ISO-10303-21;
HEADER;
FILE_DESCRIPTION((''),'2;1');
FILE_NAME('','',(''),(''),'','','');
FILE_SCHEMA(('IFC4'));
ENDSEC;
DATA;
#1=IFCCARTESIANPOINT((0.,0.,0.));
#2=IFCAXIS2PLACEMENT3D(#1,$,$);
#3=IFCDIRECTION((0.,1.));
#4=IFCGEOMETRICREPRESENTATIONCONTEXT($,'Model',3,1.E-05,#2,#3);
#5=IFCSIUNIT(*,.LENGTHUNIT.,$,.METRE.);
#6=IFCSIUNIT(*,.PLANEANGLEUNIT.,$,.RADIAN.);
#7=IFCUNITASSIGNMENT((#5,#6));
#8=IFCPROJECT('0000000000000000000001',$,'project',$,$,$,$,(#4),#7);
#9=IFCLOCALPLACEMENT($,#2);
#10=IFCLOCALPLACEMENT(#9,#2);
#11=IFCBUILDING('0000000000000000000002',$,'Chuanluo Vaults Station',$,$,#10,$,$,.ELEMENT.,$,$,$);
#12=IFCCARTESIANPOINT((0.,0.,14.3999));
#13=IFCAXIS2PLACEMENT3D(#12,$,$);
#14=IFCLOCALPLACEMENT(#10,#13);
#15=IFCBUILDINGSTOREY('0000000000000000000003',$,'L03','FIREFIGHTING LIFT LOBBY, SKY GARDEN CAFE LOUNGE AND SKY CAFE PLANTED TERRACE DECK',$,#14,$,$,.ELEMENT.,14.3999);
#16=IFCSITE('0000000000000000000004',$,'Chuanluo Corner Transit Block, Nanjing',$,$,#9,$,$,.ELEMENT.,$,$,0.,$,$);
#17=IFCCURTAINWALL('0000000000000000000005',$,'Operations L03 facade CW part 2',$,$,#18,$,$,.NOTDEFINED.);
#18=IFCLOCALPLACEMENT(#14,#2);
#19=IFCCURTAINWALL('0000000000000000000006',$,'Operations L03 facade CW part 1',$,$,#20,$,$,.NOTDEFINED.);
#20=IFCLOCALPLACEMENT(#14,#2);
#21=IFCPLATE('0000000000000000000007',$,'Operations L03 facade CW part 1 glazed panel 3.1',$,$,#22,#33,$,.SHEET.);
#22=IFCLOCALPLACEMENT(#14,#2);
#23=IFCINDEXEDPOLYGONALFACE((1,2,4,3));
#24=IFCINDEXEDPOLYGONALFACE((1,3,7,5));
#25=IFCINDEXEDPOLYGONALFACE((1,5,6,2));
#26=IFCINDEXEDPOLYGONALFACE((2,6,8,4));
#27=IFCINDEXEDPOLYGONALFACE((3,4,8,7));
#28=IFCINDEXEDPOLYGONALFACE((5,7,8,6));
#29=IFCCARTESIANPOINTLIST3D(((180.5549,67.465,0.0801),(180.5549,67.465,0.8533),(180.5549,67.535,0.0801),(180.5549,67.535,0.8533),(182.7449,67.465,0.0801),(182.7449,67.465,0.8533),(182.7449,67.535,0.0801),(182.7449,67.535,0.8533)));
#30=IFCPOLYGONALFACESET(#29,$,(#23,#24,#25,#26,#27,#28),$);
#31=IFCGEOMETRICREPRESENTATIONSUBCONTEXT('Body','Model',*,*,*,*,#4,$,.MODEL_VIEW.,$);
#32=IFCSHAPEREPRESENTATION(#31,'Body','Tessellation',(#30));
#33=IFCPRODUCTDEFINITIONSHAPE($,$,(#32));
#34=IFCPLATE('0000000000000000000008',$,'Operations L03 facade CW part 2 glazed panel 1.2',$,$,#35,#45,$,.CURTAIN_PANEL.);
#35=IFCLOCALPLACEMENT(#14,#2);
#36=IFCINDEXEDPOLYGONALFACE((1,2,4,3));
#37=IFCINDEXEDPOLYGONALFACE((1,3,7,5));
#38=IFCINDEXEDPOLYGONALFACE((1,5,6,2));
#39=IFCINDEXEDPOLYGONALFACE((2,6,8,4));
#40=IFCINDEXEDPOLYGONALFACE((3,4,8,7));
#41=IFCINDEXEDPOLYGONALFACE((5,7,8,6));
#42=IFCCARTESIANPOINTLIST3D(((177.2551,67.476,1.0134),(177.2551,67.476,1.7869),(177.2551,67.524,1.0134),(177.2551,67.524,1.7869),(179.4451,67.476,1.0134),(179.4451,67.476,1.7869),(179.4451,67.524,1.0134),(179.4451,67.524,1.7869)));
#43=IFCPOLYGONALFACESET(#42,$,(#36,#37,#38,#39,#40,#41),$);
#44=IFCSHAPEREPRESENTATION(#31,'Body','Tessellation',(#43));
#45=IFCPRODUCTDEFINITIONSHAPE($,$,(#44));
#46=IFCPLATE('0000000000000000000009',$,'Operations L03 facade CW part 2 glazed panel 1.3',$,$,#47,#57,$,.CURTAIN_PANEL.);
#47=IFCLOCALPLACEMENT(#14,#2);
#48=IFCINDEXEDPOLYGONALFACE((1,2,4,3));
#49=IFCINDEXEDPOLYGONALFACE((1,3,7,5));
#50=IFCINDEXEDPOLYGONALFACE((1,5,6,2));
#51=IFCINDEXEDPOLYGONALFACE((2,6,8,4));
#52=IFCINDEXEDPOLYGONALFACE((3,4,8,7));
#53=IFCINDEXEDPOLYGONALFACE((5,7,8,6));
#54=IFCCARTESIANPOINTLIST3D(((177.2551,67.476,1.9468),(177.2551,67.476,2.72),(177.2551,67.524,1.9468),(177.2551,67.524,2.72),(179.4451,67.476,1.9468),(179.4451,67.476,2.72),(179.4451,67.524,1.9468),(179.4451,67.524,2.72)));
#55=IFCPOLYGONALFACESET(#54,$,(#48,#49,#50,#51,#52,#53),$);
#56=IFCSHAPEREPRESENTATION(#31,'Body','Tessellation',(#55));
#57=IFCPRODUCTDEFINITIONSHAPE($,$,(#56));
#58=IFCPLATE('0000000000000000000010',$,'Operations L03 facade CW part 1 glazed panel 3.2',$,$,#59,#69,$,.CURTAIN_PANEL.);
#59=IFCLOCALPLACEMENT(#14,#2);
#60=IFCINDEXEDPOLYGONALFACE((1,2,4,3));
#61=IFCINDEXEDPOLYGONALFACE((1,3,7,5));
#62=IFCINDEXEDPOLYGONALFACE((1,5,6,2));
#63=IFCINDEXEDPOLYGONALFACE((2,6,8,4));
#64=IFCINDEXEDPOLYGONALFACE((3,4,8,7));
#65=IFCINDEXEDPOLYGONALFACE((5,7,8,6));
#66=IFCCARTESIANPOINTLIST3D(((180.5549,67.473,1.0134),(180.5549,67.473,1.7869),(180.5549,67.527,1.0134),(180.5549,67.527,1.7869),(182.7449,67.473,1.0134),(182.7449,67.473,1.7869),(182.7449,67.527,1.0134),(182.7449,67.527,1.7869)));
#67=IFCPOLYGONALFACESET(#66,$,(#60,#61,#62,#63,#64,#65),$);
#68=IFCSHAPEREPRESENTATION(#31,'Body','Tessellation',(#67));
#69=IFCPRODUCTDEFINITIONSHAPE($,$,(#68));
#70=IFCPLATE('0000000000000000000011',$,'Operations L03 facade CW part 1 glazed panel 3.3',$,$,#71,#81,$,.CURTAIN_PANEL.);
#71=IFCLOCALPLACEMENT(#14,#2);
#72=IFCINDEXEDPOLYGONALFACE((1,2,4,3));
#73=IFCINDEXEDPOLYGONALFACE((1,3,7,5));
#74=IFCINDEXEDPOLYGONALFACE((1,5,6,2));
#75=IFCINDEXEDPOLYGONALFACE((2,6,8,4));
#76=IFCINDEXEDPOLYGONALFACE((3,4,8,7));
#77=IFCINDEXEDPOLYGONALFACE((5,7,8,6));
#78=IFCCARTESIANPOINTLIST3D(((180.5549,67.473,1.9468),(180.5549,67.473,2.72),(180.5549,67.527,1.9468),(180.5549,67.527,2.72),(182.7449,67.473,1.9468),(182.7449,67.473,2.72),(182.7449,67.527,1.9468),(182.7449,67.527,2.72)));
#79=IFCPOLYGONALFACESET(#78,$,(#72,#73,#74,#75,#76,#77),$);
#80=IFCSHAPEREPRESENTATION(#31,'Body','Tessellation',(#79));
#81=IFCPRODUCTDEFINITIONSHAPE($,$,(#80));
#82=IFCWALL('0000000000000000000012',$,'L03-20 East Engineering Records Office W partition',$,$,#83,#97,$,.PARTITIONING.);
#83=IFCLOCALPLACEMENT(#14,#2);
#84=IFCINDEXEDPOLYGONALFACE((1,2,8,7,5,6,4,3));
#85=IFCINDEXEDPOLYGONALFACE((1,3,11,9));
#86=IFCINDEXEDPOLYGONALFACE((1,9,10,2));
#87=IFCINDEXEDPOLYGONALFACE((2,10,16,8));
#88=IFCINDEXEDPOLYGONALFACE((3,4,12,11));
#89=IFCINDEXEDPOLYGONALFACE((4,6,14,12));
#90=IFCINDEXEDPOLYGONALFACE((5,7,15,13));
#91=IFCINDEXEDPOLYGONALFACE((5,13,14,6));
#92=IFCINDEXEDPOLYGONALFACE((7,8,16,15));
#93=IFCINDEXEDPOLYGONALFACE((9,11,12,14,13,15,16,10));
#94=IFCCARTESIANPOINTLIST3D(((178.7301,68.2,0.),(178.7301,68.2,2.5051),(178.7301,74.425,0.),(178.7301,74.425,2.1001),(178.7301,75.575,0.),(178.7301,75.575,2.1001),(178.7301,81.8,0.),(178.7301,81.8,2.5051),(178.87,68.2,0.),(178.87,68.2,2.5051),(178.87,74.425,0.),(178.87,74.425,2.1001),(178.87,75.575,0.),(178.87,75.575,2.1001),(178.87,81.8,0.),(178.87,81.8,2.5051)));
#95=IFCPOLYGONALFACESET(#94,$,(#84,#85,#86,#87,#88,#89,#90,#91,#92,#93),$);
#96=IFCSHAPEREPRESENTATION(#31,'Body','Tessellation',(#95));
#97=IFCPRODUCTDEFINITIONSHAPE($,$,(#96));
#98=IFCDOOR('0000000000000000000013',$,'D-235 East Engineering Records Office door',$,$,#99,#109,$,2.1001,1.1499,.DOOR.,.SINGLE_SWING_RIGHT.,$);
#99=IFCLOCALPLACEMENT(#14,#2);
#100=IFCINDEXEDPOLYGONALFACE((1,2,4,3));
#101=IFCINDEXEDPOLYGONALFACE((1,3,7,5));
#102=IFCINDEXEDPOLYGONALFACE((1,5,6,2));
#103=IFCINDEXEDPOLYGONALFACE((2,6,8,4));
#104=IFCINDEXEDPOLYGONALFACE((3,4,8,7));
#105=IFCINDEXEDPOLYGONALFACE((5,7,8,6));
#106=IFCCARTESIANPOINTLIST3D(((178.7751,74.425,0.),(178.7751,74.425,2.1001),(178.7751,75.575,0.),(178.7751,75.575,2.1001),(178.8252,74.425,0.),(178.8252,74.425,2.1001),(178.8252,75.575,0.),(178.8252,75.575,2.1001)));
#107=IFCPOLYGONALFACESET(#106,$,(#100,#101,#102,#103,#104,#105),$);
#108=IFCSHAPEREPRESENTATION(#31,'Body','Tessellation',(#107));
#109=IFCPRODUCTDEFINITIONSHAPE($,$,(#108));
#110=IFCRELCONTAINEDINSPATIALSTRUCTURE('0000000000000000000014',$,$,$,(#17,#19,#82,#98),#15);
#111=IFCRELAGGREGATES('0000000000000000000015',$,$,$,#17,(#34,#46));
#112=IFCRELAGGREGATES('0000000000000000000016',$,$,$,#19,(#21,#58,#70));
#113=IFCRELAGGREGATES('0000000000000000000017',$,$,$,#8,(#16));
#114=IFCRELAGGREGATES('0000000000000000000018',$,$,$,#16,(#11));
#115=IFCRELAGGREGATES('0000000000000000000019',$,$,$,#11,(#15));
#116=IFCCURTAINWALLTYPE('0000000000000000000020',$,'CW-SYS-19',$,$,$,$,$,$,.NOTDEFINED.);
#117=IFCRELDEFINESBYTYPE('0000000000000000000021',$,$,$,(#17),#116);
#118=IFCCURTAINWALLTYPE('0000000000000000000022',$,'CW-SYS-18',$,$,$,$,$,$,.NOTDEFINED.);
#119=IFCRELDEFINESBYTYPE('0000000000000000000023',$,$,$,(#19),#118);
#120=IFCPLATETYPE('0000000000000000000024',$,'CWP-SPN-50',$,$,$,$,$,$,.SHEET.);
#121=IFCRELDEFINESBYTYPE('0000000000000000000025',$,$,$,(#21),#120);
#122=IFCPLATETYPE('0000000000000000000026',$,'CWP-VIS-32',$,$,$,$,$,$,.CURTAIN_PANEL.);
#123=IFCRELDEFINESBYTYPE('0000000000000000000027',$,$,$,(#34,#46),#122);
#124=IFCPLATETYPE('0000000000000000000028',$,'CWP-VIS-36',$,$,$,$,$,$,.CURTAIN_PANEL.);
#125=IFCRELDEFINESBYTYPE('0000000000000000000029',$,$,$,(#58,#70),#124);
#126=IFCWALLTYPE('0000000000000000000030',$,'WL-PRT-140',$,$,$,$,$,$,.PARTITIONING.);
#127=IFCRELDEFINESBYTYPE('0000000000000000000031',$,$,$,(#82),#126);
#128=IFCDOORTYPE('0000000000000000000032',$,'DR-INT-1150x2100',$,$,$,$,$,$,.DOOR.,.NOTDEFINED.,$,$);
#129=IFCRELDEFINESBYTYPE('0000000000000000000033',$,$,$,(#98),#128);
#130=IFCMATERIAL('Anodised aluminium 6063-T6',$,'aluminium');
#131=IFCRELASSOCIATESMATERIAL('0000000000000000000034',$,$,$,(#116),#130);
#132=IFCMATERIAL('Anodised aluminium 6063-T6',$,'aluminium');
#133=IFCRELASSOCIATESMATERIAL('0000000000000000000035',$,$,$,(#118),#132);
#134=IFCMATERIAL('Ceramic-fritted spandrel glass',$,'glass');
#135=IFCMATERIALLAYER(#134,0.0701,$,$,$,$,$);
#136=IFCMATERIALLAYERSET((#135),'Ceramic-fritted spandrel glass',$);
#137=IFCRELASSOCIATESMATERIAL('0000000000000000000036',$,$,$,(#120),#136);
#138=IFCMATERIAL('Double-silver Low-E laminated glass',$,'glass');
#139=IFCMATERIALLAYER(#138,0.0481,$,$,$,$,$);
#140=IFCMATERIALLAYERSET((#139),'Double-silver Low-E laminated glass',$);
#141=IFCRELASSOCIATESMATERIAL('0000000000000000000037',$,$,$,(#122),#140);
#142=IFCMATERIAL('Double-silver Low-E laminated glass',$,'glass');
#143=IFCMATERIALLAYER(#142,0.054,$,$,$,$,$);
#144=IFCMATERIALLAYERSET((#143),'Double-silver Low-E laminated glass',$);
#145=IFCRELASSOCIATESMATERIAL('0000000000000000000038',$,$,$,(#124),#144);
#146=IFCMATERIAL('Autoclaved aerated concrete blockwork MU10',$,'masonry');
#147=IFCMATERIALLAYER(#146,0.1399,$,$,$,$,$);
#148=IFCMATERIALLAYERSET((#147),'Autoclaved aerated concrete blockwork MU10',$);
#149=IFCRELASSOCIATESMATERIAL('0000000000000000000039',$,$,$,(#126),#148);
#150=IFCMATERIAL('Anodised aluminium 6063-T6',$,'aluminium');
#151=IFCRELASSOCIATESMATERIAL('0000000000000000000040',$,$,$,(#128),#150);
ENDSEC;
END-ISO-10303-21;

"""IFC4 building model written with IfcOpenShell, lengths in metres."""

from ifc_helpers import new_model, si_unit, direction, frame, frame_2d, origin, origin_2d, place, context, subcontext, project, spatial, rectangle, extrude, material, layer, layer_set, type_object, element, fill, aggregate, save


model = new_model("IFC4")

# Units and contexts
model_context = context("Model", 3, precision=1e-05, world=origin(), true_north=direction((0.0, 1.0)))
body_context = subcontext(model_context, "Body", "Model", "MODEL_VIEW")
ifc_project = project(units=[si_unit("LENGTHUNIT", "METRE"), si_unit("PLANEANGLEUNIT", "RADIAN")], contexts=[model_context])

# Site, building, storey
site_placement = place(None, origin())
site = spatial("IfcSite", under=ifc_project, at=site_placement, Name="Chuanluo Corner Transit Block, Nanjing", CompositionType="ELEMENT", RefElevation=0.0)
building_placement = place(site_placement, origin())
building = spatial("IfcBuilding", under=site, at=building_placement, Name="Chuanluo Vaults Station", CompositionType="ELEMENT")
storey_placement = place(building_placement, frame((0.0, 0.0, 14.3999)))
storey = spatial("IfcBuildingStorey", under=building, at=storey_placement, Name="L03", Description="FIREFIGHTING LIFT LOBBY, SKY GARDEN CAFE LOUNGE AND SKY CAFE PLANTED TERRACE DECK", CompositionType="ELEMENT", Elevation=14.3999)

# Curtain wall
ifc_material_1 = material(Name="Anodised aluminium 6063-T6", Category="aluminium")
curtain_wall_type_1 = type_object("IfcCurtainWallType", Name="CW-SYS-19", PredefinedType="NOTDEFINED", material=ifc_material_1)
curtain_wall_1_placement = place(storey_placement, origin())
curtain_wall_1 = element("IfcCurtainWall", 1, at=curtain_wall_1_placement, inside=storey, type_object=curtain_wall_type_1, Name="Operations L03 facade CW part 2", PredefinedType="NOTDEFINED")

# Curtain wall
ifc_material_2 = material(Name="Anodised aluminium 6063-T6", Category="aluminium")
curtain_wall_type_2 = type_object("IfcCurtainWallType", Name="CW-SYS-18", PredefinedType="NOTDEFINED", material=ifc_material_2)
curtain_wall_2_placement = place(storey_placement, origin())
curtain_wall_2 = element("IfcCurtainWall", 2, at=curtain_wall_2_placement, inside=storey, type_object=curtain_wall_type_2, Name="Operations L03 facade CW part 1", PredefinedType="NOTDEFINED")

# Plates
ifc_material_3 = material(Name="Ceramic-fritted spandrel glass", Category="glass")
ifc_layer_1 = layer(ifc_material_3, 0.0701)
ifc_layer_set_1 = layer_set([ifc_layer_1], Name="Ceramic-fritted spandrel glass")
plate_type_1 = type_object("IfcPlateType", Name="CWP-SPN-50", PredefinedType="SHEET", material=ifc_layer_set_1)
plate_1_placement = place(storey_placement, frame((181.6499, 67.5, 0.0801), z_axis=(0.0, 0.0, 1.0), x_axis=(-1.0, 0.0, 0.0)))
plate_1 = element("IfcPlate", 3, at=plate_1_placement, type_object=plate_type_1, Name="Operations L03 facade CW part 1 glazed panel 3.1", PredefinedType="SHEET", context=body_context, shape_type="SweptSolid", body=[
    extrude(rectangle(XDim=2.1899, YDim=0.0701, at=origin_2d()), origin(), (0.0, 0.0, 1.0), 0.7732),
])
ifc_material_4 = material(Name="Double-silver Low-E laminated glass", Category="glass")
ifc_layer_2 = layer(ifc_material_4, 0.0481)
ifc_layer_set_2 = layer_set([ifc_layer_2], Name="Double-silver Low-E laminated glass")
plate_type_2 = type_object("IfcPlateType", Name="CWP-VIS-32", PredefinedType="CURTAIN_PANEL", material=ifc_layer_set_2)
plate_2_placement = place(storey_placement, frame((178.3501, 67.5, 1.0134), z_axis=(0.0, 0.0, 1.0), x_axis=(-1.0, 0.0, 0.0)))
plate_2 = element("IfcPlate", 4, at=plate_2_placement, type_object=plate_type_2, Name="Operations L03 facade CW part 2 glazed panel 1.2", PredefinedType="CURTAIN_PANEL", context=body_context, shape_type="SweptSolid", body=[
    extrude(rectangle(XDim=2.1899, YDim=0.0481, at=origin_2d()), origin(), (0.0, 0.0, 1.0), 0.7734),
])
plate_3_placement = place(storey_placement, frame((178.3501, 67.5, 1.9468), z_axis=(0.0, 0.0, 1.0), x_axis=(-1.0, 0.0, 0.0)))
plate_3 = element("IfcPlate", 5, at=plate_3_placement, type_object=plate_type_2, Name="Operations L03 facade CW part 2 glazed panel 1.3", PredefinedType="CURTAIN_PANEL", context=body_context, shape_type="SweptSolid", body=[
    extrude(rectangle(XDim=2.1899, YDim=0.0481, at=origin_2d()), origin(), (0.0, 0.0, 1.0), 0.7732),
])
aggregate(curtain_wall_1, [plate_2, plate_3])
ifc_material_5 = material(Name="Double-silver Low-E laminated glass", Category="glass")
ifc_layer_3 = layer(ifc_material_5, 0.054)
ifc_layer_set_3 = layer_set([ifc_layer_3], Name="Double-silver Low-E laminated glass")
plate_type_3 = type_object("IfcPlateType", Name="CWP-VIS-36", PredefinedType="CURTAIN_PANEL", material=ifc_layer_set_3)
plate_4_placement = place(storey_placement, frame((181.6499, 67.5, 1.0134), z_axis=(0.0, 0.0, 1.0), x_axis=(-1.0, 0.0, 0.0)))
plate_4 = element("IfcPlate", 6, at=plate_4_placement, type_object=plate_type_3, Name="Operations L03 facade CW part 1 glazed panel 3.2", PredefinedType="CURTAIN_PANEL", context=body_context, shape_type="SweptSolid", body=[
    extrude(rectangle(XDim=2.1899, YDim=0.054, at=origin_2d()), origin(), (0.0, 0.0, 1.0), 0.7734),
])
plate_5_placement = place(storey_placement, frame((181.6499, 67.5, 1.9468), z_axis=(0.0, 0.0, 1.0), x_axis=(-1.0, 0.0, 0.0)))
plate_5 = element("IfcPlate", 7, at=plate_5_placement, type_object=plate_type_3, Name="Operations L03 facade CW part 1 glazed panel 3.3", PredefinedType="CURTAIN_PANEL", context=body_context, shape_type="SweptSolid", body=[
    extrude(rectangle(XDim=2.1899, YDim=0.054, at=origin_2d()), origin(), (0.0, 0.0, 1.0), 0.7732),
])
aggregate(curtain_wall_2, [plate_1, plate_4, plate_5])

# Wall, opening, door
ifc_material_6 = material(Name="Autoclaved aerated concrete blockwork MU10", Category="masonry")
ifc_layer_4 = layer(ifc_material_6, 0.1399)
ifc_layer_set_4 = layer_set([ifc_layer_4], Name="Autoclaved aerated concrete blockwork MU10")
wall_type = type_object("IfcWallType", Name="WL-PRT-140", PredefinedType="PARTITIONING", material=ifc_layer_set_4)
wall_placement = place(storey_placement, frame((178.8, 68.2, 0.0), z_axis=(0.0, 0.0, 1.0), x_axis=(0.0, 1.0, 0.0)))
wall = element("IfcWall", 8, at=wall_placement, inside=storey, type_object=wall_type, Name="L03-20 East Engineering Records Office W partition", PredefinedType="PARTITIONING", context=body_context, shape_type="SweptSolid", body=[
    extrude(rectangle(XDim=13.6001, YDim=0.1399, at=frame_2d((6.8, 0.0))), origin(), (0.0, 0.0, 1.0), 2.5051),
])
opening_placement = place(wall_placement, frame((6.2251, 0.0, 0.0)))
opening = element("IfcOpeningElement", 9, at=opening_placement, cuts=wall, PredefinedType="OPENING", context=body_context, shape_type="SweptSolid", body=[
    extrude(rectangle(XDim=1.1499, YDim=2.1001, at=frame_2d((0.575, 1.05))), frame((0.0, 0.0798, 0.0), z_axis=(0.0, -1.0, 0.0), x_axis=(1.0, 0.0, 0.0)), (0.0, 0.0, 1.0), 0.1599),
])
ifc_material_7 = material(Name="Anodised aluminium 6063-T6", Category="aluminium")
door_type = type_object("IfcDoorType", Name="DR-INT-1150x2100", OperationType="NOTDEFINED", PredefinedType="DOOR", material=ifc_material_7)
door_placement = place(opening_placement, origin())
door = element("IfcDoor", 10, at=door_placement, inside=storey, type_object=door_type, Name="D-235 East Engineering Records Office door", OperationType="SINGLE_SWING_RIGHT", OverallHeight=2.1001, OverallWidth=1.1499, PredefinedType="DOOR", context=body_context, shape_type="SweptSolid", body=[
    extrude(rectangle(XDim=1.1499, YDim=2.1001, at=frame_2d((0.575, 1.05))), frame((0.0, 0.0249, 0.0), z_axis=(0.0, -1.0, 0.0), x_axis=(1.0, 0.0, 0.0)), (0.0, 0.0, 1.0), 0.05),
])
fill(opening, door)

save(model, "model.ifc")
